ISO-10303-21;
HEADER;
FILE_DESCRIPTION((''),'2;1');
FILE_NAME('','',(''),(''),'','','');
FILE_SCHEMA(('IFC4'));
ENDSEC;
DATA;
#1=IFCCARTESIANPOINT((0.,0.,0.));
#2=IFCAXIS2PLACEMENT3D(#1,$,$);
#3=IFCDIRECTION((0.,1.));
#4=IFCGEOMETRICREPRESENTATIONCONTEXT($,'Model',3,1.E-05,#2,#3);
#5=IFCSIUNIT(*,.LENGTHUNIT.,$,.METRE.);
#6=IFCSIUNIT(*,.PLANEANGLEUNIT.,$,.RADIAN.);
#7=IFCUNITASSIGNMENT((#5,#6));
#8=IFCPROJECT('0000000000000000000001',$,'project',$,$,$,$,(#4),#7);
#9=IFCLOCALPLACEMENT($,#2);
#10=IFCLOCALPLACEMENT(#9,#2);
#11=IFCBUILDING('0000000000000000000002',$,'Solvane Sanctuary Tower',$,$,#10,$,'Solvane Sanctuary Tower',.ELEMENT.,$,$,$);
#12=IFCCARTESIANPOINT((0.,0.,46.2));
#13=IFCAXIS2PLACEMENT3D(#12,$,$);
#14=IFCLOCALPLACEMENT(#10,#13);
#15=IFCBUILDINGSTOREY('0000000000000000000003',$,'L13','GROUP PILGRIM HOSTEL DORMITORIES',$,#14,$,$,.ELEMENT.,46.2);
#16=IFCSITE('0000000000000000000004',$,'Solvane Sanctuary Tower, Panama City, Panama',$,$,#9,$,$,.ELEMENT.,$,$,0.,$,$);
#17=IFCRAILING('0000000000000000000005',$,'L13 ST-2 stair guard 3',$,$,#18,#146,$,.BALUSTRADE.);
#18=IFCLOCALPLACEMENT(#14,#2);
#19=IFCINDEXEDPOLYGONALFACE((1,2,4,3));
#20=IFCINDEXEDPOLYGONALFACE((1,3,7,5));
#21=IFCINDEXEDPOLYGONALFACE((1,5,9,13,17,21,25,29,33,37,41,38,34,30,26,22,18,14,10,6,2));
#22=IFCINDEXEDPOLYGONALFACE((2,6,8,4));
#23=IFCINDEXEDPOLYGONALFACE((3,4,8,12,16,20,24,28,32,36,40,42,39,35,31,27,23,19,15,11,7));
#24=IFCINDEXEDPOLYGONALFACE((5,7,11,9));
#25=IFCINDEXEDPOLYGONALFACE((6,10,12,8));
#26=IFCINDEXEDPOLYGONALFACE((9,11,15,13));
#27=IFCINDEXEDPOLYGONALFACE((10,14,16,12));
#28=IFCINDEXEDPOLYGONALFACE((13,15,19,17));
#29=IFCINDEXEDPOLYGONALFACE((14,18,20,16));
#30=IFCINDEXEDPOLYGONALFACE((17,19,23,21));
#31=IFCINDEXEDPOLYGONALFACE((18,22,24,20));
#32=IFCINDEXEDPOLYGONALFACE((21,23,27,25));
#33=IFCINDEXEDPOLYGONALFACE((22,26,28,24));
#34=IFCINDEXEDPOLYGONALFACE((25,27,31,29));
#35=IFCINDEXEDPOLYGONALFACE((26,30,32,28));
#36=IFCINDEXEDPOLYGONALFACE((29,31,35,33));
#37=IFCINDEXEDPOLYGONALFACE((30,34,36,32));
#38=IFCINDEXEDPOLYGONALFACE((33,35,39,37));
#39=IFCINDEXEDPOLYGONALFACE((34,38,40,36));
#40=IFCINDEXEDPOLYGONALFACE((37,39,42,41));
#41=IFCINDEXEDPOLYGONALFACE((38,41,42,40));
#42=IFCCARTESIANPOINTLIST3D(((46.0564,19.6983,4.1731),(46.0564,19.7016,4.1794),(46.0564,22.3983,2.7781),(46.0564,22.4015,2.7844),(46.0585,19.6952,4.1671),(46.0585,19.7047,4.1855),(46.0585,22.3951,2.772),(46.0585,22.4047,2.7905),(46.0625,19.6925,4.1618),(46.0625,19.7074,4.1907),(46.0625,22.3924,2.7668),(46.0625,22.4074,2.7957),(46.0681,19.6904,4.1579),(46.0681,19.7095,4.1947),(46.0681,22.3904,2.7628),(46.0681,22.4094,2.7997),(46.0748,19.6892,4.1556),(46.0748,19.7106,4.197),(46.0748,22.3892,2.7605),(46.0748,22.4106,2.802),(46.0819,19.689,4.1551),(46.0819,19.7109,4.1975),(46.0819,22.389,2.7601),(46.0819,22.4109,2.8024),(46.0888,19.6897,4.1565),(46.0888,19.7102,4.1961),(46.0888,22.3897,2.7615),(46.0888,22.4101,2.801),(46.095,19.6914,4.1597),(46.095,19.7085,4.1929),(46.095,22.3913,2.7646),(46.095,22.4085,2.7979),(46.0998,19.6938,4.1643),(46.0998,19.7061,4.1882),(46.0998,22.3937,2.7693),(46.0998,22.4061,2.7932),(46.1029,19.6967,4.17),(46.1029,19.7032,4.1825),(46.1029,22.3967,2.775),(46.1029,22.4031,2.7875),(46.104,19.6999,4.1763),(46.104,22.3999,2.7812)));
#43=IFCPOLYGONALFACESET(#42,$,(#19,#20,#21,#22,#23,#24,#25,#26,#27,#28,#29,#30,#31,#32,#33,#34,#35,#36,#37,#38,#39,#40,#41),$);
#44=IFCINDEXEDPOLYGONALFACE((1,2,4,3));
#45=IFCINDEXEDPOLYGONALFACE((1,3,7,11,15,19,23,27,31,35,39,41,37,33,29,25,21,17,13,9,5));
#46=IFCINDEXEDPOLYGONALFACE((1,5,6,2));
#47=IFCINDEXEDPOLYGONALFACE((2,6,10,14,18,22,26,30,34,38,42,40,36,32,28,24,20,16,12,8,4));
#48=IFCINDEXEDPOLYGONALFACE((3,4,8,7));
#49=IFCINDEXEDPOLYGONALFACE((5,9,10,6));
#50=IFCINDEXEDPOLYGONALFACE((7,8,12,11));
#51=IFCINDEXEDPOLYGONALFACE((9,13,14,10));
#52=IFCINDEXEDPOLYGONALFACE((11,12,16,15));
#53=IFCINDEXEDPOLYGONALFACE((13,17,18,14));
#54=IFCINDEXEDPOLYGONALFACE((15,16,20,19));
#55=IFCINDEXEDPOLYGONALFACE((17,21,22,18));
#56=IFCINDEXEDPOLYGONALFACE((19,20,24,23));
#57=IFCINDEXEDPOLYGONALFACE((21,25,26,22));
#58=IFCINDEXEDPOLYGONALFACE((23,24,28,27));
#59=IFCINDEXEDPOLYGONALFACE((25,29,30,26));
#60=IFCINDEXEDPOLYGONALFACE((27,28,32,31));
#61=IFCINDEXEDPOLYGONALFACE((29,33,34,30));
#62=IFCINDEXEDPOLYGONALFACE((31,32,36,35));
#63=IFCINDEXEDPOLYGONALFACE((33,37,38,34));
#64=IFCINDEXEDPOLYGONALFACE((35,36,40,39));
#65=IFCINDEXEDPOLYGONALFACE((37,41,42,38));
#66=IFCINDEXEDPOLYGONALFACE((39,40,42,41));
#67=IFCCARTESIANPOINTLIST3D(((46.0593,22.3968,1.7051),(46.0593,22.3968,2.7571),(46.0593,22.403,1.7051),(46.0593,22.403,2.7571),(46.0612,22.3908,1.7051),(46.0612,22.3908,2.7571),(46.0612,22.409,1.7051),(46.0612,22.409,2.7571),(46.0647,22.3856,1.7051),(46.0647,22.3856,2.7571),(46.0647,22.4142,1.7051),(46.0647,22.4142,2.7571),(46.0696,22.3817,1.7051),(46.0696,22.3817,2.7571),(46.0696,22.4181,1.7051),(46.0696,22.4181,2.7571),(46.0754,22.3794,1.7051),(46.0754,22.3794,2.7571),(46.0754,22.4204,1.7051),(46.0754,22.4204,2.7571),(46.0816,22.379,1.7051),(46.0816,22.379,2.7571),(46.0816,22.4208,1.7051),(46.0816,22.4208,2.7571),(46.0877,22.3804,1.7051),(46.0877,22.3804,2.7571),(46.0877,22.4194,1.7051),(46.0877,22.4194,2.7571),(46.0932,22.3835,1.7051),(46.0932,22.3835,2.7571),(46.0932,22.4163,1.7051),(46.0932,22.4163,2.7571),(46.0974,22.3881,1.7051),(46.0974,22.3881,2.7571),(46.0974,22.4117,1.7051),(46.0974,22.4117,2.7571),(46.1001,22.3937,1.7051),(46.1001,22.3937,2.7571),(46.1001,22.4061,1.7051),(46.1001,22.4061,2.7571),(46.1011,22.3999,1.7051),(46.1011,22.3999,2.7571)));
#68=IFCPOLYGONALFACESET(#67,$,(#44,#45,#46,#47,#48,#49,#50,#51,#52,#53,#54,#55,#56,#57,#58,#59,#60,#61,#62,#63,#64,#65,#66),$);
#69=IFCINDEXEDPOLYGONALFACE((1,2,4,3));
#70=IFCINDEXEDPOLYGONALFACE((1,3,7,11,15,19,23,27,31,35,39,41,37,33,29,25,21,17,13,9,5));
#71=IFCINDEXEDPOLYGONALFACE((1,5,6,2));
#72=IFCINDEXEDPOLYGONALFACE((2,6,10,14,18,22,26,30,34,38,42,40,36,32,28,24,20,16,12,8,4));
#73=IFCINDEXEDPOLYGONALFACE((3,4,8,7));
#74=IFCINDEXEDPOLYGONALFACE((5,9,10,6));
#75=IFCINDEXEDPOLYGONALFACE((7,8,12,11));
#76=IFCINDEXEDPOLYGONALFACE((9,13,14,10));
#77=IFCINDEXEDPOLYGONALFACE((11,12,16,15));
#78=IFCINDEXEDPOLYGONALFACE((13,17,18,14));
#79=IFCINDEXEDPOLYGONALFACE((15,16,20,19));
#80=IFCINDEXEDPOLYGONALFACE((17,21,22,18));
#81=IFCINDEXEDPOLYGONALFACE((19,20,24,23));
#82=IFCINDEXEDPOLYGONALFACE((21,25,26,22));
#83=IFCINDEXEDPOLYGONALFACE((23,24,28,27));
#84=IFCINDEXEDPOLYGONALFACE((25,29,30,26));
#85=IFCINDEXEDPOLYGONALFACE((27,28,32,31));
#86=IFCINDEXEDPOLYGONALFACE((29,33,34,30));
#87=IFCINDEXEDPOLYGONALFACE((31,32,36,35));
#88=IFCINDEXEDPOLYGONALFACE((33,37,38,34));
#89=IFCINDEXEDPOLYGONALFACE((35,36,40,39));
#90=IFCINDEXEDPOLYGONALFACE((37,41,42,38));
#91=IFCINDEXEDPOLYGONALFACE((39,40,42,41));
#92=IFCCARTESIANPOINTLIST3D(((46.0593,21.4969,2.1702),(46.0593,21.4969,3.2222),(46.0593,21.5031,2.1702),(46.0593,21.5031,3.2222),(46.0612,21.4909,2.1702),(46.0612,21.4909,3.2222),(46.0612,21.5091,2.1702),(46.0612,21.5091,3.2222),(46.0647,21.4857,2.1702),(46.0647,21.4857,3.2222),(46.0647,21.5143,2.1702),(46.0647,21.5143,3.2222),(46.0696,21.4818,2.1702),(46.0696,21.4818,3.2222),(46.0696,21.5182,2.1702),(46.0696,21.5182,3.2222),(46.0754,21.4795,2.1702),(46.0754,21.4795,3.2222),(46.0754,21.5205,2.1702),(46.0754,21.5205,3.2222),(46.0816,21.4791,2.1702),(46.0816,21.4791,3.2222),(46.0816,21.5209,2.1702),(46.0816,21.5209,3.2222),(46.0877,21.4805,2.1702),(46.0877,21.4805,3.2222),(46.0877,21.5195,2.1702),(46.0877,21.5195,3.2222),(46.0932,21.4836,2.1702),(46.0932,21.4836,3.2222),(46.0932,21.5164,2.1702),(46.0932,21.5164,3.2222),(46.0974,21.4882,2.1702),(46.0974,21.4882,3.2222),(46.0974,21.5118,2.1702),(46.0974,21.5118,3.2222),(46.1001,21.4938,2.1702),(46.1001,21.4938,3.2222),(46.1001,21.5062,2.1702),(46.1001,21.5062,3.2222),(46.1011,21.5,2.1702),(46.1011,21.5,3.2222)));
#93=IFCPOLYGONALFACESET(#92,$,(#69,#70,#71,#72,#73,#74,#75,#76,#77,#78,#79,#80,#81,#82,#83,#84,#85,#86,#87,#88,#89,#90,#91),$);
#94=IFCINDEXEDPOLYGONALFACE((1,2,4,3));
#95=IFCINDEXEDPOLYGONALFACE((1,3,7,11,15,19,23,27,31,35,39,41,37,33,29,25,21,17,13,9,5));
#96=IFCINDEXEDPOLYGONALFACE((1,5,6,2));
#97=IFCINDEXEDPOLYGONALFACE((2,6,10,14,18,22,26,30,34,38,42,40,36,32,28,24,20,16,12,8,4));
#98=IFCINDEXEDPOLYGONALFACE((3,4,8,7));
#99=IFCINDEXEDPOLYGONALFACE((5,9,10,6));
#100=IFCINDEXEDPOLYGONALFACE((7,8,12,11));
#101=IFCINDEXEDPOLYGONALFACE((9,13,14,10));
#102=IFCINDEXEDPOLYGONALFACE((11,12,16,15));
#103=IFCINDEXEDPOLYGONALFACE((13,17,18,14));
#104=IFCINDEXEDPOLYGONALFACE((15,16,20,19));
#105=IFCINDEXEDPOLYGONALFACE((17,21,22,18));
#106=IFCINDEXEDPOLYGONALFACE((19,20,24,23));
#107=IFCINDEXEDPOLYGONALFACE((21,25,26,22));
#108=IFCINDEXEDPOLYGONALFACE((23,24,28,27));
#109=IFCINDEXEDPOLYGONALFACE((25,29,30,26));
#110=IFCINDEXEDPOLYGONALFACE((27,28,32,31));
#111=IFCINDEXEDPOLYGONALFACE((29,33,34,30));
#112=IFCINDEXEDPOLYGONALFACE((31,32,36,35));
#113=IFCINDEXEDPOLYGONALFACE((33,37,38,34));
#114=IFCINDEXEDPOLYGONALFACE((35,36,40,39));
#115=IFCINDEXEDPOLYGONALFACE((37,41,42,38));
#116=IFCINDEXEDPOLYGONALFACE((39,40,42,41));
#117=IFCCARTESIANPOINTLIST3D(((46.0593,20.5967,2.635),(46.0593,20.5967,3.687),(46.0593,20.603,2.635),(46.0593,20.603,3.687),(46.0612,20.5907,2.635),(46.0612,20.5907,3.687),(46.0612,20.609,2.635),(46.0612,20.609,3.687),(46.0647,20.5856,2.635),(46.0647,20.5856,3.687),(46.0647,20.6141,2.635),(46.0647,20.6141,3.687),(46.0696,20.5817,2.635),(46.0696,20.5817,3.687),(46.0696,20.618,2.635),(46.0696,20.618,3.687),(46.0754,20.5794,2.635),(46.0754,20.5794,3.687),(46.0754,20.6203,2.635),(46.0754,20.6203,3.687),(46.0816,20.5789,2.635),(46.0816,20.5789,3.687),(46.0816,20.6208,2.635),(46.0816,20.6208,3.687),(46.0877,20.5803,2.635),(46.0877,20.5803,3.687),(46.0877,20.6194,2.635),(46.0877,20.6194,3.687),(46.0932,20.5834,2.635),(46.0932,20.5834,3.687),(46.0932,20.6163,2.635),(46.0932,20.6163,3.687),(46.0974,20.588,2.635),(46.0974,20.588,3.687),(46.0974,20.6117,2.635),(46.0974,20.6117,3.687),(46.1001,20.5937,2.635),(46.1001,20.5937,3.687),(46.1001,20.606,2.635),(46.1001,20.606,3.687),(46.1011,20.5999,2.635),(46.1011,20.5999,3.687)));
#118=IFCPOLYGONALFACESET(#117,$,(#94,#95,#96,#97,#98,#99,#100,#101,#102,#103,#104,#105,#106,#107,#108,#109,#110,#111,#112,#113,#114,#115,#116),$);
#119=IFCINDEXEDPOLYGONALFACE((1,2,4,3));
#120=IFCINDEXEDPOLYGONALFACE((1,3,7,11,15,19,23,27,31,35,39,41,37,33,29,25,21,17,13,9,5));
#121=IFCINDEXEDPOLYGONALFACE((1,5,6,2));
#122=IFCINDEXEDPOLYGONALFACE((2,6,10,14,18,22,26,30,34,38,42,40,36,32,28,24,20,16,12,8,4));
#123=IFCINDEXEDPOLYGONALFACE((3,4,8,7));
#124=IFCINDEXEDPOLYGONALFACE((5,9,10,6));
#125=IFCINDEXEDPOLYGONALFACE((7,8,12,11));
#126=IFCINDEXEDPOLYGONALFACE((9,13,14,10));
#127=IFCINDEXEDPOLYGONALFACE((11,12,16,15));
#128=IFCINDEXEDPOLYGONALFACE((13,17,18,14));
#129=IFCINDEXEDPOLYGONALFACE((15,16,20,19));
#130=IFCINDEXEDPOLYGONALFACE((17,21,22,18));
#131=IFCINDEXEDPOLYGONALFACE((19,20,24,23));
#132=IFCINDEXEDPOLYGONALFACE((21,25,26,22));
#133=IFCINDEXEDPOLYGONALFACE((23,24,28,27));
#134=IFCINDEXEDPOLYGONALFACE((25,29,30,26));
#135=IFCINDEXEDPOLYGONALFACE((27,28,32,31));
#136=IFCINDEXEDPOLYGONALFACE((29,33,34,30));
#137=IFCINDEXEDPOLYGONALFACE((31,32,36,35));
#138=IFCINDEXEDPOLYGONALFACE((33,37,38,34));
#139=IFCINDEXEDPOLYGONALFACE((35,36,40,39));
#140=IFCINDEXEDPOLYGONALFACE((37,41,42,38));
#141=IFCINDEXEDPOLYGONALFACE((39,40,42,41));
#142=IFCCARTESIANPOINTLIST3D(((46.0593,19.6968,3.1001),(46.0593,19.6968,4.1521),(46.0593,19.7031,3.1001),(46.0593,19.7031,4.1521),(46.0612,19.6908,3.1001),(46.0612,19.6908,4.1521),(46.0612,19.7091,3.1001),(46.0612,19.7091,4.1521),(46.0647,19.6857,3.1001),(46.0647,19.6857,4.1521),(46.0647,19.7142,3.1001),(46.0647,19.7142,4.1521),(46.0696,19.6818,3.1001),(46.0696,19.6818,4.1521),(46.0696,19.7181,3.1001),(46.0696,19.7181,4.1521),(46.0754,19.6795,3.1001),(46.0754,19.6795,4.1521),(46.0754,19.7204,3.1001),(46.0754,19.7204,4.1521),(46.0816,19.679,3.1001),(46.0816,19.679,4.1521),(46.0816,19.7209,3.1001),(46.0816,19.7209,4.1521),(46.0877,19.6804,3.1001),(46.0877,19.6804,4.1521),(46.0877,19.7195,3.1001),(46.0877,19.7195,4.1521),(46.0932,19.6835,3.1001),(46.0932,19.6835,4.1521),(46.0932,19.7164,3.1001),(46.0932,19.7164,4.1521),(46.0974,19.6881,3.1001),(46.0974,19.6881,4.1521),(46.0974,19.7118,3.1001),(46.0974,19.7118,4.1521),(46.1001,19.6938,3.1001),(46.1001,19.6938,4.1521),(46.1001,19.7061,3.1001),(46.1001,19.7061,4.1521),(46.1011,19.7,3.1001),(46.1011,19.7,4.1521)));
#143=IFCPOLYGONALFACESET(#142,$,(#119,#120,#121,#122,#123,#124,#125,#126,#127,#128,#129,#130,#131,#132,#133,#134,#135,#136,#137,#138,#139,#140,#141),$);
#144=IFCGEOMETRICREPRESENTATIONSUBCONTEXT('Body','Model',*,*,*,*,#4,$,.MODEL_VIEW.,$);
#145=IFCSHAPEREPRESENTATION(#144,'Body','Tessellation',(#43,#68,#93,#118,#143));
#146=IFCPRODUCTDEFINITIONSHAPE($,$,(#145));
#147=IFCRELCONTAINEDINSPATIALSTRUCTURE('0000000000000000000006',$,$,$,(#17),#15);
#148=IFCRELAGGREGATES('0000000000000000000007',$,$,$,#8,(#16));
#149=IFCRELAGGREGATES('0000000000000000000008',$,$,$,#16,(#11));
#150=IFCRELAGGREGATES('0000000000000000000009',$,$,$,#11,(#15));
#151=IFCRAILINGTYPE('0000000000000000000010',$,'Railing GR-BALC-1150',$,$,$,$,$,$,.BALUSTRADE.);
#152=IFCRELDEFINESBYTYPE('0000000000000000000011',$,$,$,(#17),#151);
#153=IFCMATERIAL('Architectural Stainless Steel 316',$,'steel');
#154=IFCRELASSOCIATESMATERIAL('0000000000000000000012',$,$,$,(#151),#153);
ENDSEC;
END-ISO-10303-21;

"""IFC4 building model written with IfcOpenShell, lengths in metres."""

from ifc_helpers import new_model, si_unit, direction, frame, origin, origin_2d, place, context, subcontext, project, spatial, circle, extrude, material, type_object, element, save


model = new_model("IFC4")

# Units and contexts
model_context = context("Model", 3, precision=1e-05, world=origin(), true_north=direction((0.0, 1.0)))
body_context = subcontext(model_context, "Body", "Model", "MODEL_VIEW")
ifc_project = project(units=[si_unit("LENGTHUNIT", "METRE"), si_unit("PLANEANGLEUNIT", "RADIAN")], contexts=[model_context])

# Site, building, storey
site_placement = place(None, origin())
site = spatial("IfcSite", under=ifc_project, at=site_placement, Name="Solvane Sanctuary Tower, Panama City, Panama", CompositionType="ELEMENT", RefElevation=0.0)
building_placement = place(site_placement, origin())
building = spatial("IfcBuilding", under=site, at=building_placement, Name="Solvane Sanctuary Tower", LongName="Solvane Sanctuary Tower", CompositionType="ELEMENT")
storey_placement = place(building_placement, frame((0.0, 0.0, 46.2)))
storey = spatial("IfcBuildingStorey", under=building, at=storey_placement, Name="L13", Description="GROUP PILGRIM HOSTEL DORMITORIES", CompositionType="ELEMENT", Elevation=46.2)

# Shared definitions
ifc_material_1 = material(Name="Architectural Stainless Steel 316", Category="steel")

# Railing
railing_type_1 = type_object("IfcRailingType", Name="Railing GR-BALC-1150", PredefinedType="BALUSTRADE", material=ifc_material_1)
railing_1_placement = place(storey_placement, frame((46.0801, 22.3999, 1.7051)))
element("IfcRailing", 1, at=railing_1_placement, inside=storey, type_object=railing_type_1, Name="L13 ST-2 stair guard 3", PredefinedType="BALUSTRADE", context=body_context, shape_type="SweptSolid", body=[
    extrude(circle(Radius=0.0239, at=origin_2d()), frame((0.0, 0.0, 1.0762), z_axis=(0.0, -0.88842, 0.459032), x_axis=(1.0, 0.0, 0.0)), (0.0, 0.0, 1.0), 3.0391),
    extrude(circle(Radius=0.021, at=origin_2d()), origin(), (0.0, 0.0, 1.0), 1.052),
    extrude(circle(Radius=0.021, at=origin_2d()), frame((0.0, -0.8999, 0.4651)), (0.0, 0.0, 1.0), 1.052),
    extrude(circle(Radius=0.021, at=origin_2d()), frame((0.0, -1.8, 0.9299)), (0.0, 0.0, 1.0), 1.052),
    extrude(circle(Radius=0.021, at=origin_2d()), frame((0.0, -2.7, 1.395)), (0.0, 0.0, 1.0), 1.052),
])

save(model, "model.ifc")
